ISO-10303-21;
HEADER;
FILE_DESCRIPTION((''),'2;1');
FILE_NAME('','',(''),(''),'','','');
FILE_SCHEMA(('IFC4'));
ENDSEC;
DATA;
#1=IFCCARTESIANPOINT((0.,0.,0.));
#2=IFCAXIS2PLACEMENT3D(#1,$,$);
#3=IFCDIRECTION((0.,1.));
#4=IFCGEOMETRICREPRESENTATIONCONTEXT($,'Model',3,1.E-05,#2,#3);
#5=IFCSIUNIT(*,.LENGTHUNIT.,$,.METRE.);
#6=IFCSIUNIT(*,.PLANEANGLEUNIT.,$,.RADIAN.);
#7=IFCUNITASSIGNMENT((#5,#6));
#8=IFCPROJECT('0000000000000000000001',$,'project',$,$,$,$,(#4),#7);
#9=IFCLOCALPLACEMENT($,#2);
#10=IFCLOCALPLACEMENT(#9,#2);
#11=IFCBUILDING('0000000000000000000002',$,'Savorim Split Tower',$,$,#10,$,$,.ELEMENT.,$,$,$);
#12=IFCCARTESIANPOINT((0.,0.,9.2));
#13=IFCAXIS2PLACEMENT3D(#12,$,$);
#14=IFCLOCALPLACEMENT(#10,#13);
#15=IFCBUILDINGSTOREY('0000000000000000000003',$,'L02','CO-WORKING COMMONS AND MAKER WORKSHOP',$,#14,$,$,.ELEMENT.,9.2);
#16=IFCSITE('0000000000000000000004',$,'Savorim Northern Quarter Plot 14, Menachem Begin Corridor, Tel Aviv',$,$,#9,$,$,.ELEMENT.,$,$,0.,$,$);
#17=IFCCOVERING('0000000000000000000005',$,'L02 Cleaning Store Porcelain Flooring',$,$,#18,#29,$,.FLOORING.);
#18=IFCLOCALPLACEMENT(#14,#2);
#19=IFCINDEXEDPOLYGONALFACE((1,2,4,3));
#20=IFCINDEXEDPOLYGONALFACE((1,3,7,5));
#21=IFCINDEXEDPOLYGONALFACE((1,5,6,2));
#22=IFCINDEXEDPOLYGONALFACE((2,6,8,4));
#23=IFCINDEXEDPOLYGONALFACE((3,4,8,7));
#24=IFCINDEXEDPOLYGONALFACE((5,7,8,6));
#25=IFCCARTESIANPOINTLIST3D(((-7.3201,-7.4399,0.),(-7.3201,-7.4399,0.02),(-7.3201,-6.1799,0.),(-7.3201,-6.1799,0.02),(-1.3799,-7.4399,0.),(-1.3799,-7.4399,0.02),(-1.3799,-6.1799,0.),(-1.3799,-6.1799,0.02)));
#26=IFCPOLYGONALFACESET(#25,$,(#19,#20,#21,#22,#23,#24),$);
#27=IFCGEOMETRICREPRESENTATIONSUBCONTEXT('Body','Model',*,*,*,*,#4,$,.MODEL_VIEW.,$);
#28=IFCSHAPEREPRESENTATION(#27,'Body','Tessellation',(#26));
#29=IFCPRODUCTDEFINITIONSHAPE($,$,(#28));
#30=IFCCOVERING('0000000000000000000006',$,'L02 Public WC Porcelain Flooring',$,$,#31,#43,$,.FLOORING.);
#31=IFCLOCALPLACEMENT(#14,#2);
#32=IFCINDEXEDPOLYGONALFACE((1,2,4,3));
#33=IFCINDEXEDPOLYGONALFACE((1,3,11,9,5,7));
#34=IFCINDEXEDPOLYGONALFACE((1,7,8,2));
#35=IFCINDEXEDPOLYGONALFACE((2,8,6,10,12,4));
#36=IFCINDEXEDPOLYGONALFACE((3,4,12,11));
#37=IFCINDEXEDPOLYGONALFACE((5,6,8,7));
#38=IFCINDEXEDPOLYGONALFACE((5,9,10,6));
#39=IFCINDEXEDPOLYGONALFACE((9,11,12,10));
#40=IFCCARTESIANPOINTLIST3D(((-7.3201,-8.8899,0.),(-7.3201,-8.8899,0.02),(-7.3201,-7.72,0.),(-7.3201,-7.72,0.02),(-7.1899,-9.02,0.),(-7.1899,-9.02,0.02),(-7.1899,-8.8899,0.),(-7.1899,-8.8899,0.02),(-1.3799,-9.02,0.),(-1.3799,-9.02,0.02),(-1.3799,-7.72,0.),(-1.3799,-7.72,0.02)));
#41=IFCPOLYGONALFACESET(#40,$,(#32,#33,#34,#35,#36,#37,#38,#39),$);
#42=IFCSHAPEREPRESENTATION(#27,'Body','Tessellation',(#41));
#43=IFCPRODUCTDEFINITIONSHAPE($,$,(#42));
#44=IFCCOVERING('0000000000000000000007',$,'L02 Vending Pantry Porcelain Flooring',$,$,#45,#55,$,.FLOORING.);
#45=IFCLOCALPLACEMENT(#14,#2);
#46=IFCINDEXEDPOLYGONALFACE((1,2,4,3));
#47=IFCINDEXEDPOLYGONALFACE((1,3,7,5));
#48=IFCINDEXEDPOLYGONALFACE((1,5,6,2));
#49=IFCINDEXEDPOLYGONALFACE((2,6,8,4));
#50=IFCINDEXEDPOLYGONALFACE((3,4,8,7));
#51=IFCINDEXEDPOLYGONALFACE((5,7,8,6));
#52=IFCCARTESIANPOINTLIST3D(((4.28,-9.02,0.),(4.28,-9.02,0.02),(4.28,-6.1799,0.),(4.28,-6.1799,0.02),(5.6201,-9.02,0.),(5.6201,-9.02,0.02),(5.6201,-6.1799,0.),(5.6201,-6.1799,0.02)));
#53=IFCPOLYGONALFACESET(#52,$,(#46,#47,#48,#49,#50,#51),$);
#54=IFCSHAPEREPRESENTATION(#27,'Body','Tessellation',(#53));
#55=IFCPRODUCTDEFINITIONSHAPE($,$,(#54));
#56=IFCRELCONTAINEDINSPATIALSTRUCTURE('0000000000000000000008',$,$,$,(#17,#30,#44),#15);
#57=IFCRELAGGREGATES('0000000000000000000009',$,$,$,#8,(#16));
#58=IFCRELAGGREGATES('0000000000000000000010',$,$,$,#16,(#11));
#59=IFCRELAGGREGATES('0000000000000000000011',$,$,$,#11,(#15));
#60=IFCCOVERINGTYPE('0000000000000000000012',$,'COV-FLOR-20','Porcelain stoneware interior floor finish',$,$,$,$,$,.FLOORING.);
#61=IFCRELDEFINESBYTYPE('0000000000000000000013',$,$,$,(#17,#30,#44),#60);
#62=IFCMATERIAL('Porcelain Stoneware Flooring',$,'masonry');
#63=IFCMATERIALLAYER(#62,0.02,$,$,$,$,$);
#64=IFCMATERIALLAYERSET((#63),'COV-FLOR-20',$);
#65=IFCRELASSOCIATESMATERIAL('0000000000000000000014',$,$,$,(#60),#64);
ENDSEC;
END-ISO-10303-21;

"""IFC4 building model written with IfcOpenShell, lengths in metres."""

from ifc_helpers import new_model, si_unit, direction, frame, origin, place, context, subcontext, project, spatial, polyline, outline, extrude, material, layer, layer_set, type_object, element, save


model = new_model("IFC4")

# Units and contexts
model_context = context("Model", 3, precision=1e-05, world=origin(), true_north=direction((0.0, 1.0)))
body_context = subcontext(model_context, "Body", "Model", "MODEL_VIEW")
ifc_project = project(units=[si_unit("LENGTHUNIT", "METRE"), si_unit("PLANEANGLEUNIT", "RADIAN")], contexts=[model_context])

# Site, building, storey
site_placement = place(None, origin())
site = spatial("IfcSite", under=ifc_project, at=site_placement, Name="Savorim Northern Quarter Plot 14, Menachem Begin Corridor, Tel Aviv", CompositionType="ELEMENT", RefElevation=0.0)
building_placement = place(site_placement, origin())
building = spatial("IfcBuilding", under=site, at=building_placement, Name="Savorim Split Tower", CompositionType="ELEMENT")
storey_placement = place(building_placement, frame((0.0, 0.0, 9.2)))
storey = spatial("IfcBuildingStorey", under=building, at=storey_placement, Name="L02", Description="CO-WORKING COMMONS AND MAKER WORKSHOP", CompositionType="ELEMENT", Elevation=9.2)

# Coverings
ifc_material_1 = material(Name="Porcelain Stoneware Flooring", Category="masonry")
ifc_layer_1 = layer(ifc_material_1, 0.02)
ifc_layer_set_1 = layer_set([ifc_layer_1], Name="COV-FLOR-20")
covering_type_1 = type_object("IfcCoveringType", Name="COV-FLOR-20", Description="Porcelain stoneware interior floor finish", PredefinedType="FLOORING", material=ifc_layer_set_1)
covering_1_placement = place(storey_placement, origin())
element("IfcCovering", 1, at=covering_1_placement, inside=storey, type_object=covering_type_1, Name="L02 Cleaning Store Porcelain Flooring", PredefinedType="FLOORING", context=body_context, shape_type="SweptSolid", body=[
    extrude(outline(polyline([(-7.3201, -6.1799), (-7.3201, -7.4399), (-1.3799, -7.4399), (-1.3799, -6.1799), (-7.3201, -6.1799)])), origin(), (0.0, 0.0, 1.0), 0.02),
])
covering_2_placement = place(storey_placement, origin())
element("IfcCovering", 2, at=covering_2_placement, inside=storey, type_object=covering_type_1, Name="L02 Public WC Porcelain Flooring", PredefinedType="FLOORING", context=body_context, shape_type="SweptSolid", body=[
    extrude(outline(polyline([(-1.3799, -7.72), (-7.3201, -7.72), (-7.3201, -8.8899), (-7.1899, -8.8899), (-7.1899, -9.02), (-1.3799, -9.02), (-1.3799, -7.72)])), origin(), (0.0, 0.0, 1.0), 0.02),
])
covering_3_placement = place(storey_placement, origin())
element("IfcCovering", 3, at=covering_3_placement, inside=storey, type_object=covering_type_1, Name="L02 Vending Pantry Porcelain Flooring", PredefinedType="FLOORING", context=body_context, shape_type="SweptSolid", body=[
    extrude(outline(polyline([(4.28, -6.1799), (4.28, -9.02), (5.6201, -9.02), (5.6201, -6.1799), (4.28, -6.1799)])), origin(), (0.0, 0.0, 1.0), 0.02),
])

save(model, "model.ifc")
